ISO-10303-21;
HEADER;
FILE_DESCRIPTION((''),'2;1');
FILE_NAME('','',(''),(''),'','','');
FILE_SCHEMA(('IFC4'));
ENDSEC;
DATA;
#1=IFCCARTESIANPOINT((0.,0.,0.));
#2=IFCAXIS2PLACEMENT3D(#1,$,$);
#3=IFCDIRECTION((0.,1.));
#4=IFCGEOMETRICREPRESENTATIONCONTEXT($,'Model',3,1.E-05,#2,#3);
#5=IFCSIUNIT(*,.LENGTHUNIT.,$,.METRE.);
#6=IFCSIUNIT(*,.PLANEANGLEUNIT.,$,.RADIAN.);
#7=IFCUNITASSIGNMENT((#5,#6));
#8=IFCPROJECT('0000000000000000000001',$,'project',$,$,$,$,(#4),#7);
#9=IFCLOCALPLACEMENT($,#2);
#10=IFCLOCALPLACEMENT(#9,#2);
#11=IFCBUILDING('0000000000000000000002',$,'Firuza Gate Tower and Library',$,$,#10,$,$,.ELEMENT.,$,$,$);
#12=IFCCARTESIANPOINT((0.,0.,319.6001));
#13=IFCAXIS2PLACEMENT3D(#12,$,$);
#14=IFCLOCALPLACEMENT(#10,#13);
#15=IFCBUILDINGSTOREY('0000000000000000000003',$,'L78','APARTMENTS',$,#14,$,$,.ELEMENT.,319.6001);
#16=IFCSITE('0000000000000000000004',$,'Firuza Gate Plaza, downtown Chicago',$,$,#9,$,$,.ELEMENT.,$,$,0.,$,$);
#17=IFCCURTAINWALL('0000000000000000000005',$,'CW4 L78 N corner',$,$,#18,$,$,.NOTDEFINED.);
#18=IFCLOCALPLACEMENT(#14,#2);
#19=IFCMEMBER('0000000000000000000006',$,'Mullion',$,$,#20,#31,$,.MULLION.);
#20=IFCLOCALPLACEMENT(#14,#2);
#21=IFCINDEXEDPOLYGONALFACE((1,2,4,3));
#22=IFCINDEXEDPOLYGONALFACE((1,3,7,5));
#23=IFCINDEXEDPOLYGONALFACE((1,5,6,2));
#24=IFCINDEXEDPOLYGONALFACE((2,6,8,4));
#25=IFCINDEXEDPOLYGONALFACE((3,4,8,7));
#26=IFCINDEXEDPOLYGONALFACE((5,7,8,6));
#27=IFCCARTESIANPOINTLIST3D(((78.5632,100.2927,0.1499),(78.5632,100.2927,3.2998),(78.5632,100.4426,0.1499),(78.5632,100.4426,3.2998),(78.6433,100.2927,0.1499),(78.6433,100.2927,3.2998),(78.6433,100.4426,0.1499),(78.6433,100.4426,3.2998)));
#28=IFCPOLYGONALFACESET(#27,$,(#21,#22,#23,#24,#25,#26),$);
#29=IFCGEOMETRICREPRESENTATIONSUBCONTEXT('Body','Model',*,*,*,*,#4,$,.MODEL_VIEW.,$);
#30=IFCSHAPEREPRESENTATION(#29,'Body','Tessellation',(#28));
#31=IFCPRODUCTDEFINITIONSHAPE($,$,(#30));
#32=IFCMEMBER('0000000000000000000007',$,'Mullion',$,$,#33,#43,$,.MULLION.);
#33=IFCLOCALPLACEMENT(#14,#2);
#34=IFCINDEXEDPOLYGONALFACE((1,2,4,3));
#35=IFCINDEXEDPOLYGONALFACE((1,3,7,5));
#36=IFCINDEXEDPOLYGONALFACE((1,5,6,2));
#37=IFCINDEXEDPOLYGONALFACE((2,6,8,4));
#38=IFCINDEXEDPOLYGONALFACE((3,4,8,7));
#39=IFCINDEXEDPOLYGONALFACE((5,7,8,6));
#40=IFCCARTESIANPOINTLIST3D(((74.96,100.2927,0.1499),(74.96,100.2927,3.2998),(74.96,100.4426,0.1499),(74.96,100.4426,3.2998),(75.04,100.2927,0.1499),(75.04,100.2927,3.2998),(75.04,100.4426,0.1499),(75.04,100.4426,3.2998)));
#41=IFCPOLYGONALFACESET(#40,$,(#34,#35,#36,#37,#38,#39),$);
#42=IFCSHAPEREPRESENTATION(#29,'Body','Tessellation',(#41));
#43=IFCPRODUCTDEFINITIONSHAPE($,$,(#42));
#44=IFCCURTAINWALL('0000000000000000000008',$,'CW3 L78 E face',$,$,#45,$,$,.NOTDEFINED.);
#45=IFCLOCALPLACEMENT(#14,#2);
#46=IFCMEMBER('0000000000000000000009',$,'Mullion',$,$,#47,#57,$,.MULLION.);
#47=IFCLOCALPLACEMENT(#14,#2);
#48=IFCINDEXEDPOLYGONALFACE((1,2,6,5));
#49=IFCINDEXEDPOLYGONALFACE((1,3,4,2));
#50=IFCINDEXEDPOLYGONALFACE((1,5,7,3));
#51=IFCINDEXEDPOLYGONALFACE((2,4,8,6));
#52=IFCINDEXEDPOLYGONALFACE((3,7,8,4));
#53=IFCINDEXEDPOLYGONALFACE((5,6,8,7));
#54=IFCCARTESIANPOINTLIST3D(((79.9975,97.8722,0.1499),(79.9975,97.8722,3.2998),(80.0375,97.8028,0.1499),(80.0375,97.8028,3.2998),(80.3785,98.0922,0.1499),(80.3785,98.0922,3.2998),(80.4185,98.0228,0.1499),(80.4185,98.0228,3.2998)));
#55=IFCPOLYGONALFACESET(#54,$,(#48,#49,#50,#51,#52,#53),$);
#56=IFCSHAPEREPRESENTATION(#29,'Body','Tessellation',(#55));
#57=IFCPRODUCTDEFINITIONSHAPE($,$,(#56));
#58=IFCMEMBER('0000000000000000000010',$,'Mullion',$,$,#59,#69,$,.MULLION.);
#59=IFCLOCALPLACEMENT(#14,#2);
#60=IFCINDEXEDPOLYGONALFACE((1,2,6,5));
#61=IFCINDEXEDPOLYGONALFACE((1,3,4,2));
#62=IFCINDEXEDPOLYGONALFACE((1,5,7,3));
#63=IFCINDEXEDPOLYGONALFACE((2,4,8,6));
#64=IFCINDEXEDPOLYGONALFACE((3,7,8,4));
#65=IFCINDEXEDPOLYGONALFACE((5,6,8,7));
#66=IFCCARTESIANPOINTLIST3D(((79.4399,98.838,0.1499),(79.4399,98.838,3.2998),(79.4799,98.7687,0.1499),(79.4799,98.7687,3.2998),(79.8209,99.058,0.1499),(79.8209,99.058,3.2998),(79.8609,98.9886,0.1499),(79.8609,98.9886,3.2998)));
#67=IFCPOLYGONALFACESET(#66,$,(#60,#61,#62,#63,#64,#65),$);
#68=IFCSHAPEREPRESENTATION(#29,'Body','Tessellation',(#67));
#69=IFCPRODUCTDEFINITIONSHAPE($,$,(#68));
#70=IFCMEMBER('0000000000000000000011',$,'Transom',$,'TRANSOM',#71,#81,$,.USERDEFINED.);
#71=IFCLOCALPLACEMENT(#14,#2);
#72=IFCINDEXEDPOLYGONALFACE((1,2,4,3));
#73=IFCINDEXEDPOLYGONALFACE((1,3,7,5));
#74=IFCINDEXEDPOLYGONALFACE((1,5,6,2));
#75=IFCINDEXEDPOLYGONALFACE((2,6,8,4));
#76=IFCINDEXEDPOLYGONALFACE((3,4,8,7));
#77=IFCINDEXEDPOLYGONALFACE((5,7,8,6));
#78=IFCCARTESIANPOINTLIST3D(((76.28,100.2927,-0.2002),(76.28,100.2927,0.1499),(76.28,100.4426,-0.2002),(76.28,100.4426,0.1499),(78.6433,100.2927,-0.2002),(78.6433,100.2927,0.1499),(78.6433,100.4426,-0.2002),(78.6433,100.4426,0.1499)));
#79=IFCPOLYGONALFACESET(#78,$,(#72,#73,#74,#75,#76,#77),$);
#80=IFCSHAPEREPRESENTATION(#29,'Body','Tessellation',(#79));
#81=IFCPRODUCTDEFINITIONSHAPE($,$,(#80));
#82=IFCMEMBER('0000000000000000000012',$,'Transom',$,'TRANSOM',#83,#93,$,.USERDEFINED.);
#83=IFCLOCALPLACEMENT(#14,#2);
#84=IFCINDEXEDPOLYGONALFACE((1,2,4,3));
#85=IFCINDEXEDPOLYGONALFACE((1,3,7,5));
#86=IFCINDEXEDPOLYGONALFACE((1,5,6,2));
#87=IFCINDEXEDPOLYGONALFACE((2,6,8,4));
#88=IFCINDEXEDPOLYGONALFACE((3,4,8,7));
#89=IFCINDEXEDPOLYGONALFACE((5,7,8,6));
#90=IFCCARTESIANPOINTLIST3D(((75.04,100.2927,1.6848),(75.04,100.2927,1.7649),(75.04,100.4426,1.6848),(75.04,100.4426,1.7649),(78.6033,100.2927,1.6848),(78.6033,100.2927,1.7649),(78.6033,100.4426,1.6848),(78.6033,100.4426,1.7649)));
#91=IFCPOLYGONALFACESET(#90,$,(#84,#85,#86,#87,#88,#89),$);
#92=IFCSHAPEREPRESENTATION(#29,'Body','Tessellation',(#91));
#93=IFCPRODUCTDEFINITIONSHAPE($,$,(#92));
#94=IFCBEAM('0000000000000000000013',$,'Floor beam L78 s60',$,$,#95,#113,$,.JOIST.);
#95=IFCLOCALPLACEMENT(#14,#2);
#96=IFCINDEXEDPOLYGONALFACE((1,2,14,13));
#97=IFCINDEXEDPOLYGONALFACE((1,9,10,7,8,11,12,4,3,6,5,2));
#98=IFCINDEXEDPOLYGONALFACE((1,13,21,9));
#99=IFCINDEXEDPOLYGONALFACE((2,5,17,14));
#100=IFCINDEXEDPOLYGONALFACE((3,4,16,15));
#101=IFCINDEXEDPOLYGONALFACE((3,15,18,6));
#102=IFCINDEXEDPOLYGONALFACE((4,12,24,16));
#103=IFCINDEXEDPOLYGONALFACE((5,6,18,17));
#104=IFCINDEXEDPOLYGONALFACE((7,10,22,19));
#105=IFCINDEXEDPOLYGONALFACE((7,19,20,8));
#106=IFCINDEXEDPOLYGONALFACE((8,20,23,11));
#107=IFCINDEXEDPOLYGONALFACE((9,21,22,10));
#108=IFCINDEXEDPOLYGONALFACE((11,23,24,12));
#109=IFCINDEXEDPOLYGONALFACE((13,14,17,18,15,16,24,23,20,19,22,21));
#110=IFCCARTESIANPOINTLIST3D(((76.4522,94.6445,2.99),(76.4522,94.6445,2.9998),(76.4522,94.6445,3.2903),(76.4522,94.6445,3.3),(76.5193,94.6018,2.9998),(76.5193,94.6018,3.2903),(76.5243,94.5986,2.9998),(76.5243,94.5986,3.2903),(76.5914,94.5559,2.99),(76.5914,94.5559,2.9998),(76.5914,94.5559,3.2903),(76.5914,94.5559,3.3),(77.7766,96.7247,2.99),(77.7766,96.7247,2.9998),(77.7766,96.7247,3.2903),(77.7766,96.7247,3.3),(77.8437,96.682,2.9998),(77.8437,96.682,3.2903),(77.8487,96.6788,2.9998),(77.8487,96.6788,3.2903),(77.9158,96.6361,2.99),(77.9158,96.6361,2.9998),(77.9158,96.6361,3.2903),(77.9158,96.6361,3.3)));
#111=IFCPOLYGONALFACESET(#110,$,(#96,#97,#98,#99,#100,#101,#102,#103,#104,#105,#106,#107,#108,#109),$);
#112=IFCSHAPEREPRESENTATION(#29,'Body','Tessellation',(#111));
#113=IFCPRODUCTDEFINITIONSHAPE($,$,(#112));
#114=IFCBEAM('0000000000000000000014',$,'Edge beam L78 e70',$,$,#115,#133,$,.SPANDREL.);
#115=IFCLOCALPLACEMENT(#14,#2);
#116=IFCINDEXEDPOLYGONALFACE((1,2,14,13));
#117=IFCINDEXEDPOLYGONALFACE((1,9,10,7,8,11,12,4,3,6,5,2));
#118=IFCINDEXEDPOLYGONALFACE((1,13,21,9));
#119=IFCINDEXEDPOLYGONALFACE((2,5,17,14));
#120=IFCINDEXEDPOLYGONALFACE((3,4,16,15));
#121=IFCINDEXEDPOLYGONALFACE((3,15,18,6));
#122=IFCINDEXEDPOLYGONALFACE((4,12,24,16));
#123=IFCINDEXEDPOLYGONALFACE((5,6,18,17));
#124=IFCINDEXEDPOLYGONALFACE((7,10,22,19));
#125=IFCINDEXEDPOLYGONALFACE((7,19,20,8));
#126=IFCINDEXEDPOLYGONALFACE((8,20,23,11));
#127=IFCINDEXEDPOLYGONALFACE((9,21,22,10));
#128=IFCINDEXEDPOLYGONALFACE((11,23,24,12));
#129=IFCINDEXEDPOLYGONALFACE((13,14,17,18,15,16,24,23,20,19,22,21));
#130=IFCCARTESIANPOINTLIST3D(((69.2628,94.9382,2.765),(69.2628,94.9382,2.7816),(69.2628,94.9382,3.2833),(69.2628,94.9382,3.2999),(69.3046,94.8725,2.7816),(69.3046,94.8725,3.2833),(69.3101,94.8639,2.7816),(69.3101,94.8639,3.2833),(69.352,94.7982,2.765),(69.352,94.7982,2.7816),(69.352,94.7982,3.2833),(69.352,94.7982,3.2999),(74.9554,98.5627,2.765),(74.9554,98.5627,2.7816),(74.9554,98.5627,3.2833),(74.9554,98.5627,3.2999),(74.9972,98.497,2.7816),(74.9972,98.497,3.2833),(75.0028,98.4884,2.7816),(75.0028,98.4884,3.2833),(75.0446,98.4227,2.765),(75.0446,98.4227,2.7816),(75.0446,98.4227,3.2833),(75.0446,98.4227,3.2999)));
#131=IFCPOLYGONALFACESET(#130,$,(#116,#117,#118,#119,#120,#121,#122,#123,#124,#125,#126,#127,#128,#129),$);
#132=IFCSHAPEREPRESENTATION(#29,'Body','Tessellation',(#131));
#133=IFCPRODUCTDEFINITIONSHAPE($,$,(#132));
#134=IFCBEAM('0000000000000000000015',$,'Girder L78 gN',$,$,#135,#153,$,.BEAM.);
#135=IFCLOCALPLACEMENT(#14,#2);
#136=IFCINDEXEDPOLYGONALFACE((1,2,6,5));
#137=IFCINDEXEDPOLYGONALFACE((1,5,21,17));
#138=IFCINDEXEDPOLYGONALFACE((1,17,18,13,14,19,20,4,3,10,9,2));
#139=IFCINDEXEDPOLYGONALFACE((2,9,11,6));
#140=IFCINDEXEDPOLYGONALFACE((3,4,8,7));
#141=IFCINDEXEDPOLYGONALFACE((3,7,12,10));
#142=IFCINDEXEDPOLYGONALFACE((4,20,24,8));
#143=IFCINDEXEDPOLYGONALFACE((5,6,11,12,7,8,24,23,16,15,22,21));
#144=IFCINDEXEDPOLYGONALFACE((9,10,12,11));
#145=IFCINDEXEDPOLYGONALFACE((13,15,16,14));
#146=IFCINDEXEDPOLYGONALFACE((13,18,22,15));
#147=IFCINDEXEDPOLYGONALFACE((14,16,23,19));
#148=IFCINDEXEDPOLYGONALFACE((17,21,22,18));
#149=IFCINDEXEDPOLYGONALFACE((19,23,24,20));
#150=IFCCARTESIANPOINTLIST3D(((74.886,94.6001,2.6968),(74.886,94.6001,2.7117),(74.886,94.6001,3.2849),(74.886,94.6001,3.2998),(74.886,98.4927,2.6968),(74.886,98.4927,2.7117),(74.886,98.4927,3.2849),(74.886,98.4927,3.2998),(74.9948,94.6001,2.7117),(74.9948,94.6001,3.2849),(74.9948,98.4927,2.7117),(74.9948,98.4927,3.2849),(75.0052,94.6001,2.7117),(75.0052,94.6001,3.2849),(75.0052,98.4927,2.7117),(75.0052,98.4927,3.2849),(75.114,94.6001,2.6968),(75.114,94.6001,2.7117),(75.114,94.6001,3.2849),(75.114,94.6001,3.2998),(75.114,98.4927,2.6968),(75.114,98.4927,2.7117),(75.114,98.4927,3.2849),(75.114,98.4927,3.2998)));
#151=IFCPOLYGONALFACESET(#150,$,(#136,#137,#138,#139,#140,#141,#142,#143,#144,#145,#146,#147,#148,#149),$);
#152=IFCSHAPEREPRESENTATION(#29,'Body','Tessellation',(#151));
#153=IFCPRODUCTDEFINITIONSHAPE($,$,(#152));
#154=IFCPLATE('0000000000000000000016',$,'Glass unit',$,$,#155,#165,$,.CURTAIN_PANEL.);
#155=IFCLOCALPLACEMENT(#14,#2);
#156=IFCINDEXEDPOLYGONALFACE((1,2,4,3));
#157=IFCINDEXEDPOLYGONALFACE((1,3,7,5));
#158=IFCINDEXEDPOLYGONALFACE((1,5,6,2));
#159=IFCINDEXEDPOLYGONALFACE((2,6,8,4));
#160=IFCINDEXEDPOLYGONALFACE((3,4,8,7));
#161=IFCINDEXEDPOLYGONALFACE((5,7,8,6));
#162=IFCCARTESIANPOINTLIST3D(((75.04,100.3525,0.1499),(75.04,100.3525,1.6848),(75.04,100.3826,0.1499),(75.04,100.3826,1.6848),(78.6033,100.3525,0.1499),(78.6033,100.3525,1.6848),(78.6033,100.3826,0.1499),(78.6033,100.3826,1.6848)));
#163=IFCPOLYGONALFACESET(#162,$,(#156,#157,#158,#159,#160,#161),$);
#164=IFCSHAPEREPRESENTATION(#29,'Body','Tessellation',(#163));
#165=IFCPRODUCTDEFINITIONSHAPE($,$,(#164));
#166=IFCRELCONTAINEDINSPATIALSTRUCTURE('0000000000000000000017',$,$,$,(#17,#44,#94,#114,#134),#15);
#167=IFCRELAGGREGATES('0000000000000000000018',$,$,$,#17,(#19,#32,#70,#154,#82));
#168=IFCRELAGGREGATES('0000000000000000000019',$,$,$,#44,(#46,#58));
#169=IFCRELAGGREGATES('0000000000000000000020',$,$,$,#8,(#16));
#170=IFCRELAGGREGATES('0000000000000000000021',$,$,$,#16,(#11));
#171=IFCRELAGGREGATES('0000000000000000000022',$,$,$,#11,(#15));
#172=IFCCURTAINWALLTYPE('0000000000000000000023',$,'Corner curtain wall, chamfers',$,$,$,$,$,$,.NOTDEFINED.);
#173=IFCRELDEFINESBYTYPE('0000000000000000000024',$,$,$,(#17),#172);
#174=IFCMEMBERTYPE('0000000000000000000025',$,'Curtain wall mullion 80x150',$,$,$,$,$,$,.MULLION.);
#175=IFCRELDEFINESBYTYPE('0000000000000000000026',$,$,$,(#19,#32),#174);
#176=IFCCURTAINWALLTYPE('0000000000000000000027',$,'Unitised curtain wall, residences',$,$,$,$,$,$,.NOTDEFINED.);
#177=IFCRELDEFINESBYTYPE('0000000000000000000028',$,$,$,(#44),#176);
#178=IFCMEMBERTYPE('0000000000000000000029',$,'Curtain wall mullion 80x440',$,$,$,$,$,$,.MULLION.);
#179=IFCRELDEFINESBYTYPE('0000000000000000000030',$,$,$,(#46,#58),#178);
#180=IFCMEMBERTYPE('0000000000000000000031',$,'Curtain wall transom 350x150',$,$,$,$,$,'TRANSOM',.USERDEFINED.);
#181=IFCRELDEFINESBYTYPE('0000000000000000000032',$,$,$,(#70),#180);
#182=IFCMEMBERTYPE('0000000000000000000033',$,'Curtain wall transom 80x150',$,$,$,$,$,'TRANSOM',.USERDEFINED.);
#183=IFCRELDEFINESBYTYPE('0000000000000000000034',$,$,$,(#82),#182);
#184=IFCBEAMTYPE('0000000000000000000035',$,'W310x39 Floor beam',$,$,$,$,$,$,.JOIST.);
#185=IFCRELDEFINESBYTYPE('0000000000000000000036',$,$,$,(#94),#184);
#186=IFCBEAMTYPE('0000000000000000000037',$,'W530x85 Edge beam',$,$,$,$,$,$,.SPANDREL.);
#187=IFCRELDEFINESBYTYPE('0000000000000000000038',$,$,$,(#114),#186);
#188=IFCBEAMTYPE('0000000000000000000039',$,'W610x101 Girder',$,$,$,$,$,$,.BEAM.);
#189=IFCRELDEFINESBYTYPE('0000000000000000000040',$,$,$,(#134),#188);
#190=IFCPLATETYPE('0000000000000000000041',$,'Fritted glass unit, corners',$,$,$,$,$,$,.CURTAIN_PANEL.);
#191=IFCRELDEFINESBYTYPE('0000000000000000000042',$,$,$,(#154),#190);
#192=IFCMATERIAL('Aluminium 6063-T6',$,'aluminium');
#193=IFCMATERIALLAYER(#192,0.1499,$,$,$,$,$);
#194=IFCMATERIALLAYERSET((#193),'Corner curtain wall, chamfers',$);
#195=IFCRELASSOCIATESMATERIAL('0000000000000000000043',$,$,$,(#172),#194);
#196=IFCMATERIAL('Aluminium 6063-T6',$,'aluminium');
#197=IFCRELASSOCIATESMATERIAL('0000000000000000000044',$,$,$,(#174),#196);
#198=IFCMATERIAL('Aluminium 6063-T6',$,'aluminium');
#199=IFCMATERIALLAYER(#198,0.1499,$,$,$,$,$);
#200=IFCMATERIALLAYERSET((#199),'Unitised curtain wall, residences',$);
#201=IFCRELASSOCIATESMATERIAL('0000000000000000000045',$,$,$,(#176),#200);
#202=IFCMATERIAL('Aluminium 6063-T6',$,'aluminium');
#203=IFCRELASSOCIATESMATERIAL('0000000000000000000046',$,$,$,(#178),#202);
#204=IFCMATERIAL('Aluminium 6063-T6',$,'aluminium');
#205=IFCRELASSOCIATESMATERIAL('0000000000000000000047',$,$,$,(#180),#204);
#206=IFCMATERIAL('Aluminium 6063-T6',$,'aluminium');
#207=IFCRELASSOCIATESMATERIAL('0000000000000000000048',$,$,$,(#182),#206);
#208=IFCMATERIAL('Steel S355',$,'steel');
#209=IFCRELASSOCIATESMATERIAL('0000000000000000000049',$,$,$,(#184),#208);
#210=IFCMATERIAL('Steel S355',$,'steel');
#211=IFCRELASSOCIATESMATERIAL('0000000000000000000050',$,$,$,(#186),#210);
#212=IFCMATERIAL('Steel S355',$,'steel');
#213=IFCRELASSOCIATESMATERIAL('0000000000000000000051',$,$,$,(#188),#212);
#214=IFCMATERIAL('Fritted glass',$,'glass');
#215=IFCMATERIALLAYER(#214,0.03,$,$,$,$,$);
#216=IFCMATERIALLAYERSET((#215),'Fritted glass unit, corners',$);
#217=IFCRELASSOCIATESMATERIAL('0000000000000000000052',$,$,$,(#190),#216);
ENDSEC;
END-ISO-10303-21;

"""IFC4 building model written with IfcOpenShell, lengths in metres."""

from ifc_helpers import new_model, si_unit, direction, frame, origin, origin_2d, place, context, subcontext, project, spatial, polyline, rectangle, i_section, outline, extrude, material, layer, layer_set, material_profile, profile_set, type_object, element, aggregate, save


model = new_model("IFC4")

# Units and contexts
model_context = context("Model", 3, precision=1e-05, world=origin(), true_north=direction((0.0, 1.0)))
body_context = subcontext(model_context, "Body", "Model", "MODEL_VIEW")
ifc_project = project(units=[si_unit("LENGTHUNIT", "METRE"), si_unit("PLANEANGLEUNIT", "RADIAN")], contexts=[model_context])

# Site, building, storey
site_placement = place(None, origin())
site = spatial("IfcSite", under=ifc_project, at=site_placement, Name="Firuza Gate Plaza, downtown Chicago", CompositionType="ELEMENT", RefElevation=0.0)
building_placement = place(site_placement, origin())
building = spatial("IfcBuilding", under=site, at=building_placement, Name="Firuza Gate Tower and Library", CompositionType="ELEMENT")
storey_placement = place(building_placement, frame((0.0, 0.0, 319.6001)))
storey = spatial("IfcBuildingStorey", under=building, at=storey_placement, Name="L78", Description="APARTMENTS", CompositionType="ELEMENT", Elevation=319.6001)

# Curtain walls, members
ifc_material_1 = material(Name="Aluminium 6063-T6", Category="aluminium")
ifc_layer_1 = layer(ifc_material_1, 0.1499)
ifc_layer_set_1 = layer_set([ifc_layer_1], Name="Corner curtain wall, chamfers")
curtain_wall_type_1 = type_object("IfcCurtainWallType", Name="Corner curtain wall, chamfers", PredefinedType="NOTDEFINED", material=ifc_layer_set_1)
placement = place(storey_placement, origin())
curtain_wall_1 = element("IfcCurtainWall", 1, at=placement, inside=storey, type_object=curtain_wall_type_1, Name="CW4 L78 N corner", PredefinedType="NOTDEFINED")
ifc_material_2 = material(Name="Aluminium 6063-T6", Category="aluminium")
ifc_material_profile_1 = material_profile(ifc_material_2, rectangle(XDim=0.1499, YDim=0.0801, at=origin_2d()))
ifc_profile_set_1 = profile_set([ifc_material_profile_1], Name="Aluminium 6063-T6")
member_type_1 = type_object("IfcMemberType", Name="Curtain wall mullion 80x150", PredefinedType="MULLION", material=ifc_profile_set_1)
member_1_placement = place(storey_placement, frame((78.6033, 100.3677, 0.1499), z_axis=(0.0, 0.0, 1.0), x_axis=(0.0, -1.0, 0.0)))
member_1 = element("IfcMember", 2, at=member_1_placement, type_object=member_type_1, Name="Mullion", PredefinedType="MULLION", context=body_context, shape_type="SweptSolid", body=[
    extrude(rectangle(XDim=0.1499, YDim=0.0801, at=origin_2d()), origin(), (0.0, 0.0, 1.0), 3.1499),
])
member_2_placement = place(storey_placement, frame((75.0, 100.3677, 0.1499), z_axis=(0.0, 0.0, 1.0), x_axis=(0.0, -1.0, 0.0)))
member_2 = element("IfcMember", 3, at=member_2_placement, type_object=member_type_1, Name="Mullion", PredefinedType="MULLION", context=body_context, shape_type="SweptSolid", body=[
    extrude(rectangle(XDim=0.1499, YDim=0.0801, at=origin_2d()), origin(), (0.0, 0.0, 1.0), 3.1499),
])
ifc_material_3 = material(Name="Aluminium 6063-T6", Category="aluminium")
ifc_layer_2 = layer(ifc_material_3, 0.1499)
ifc_layer_set_2 = layer_set([ifc_layer_2], Name="Unitised curtain wall, residences")
curtain_wall_type_2 = type_object("IfcCurtainWallType", Name="Unitised curtain wall, residences", PredefinedType="NOTDEFINED", material=ifc_layer_set_2)
curtain_wall_2 = element("IfcCurtainWall", 4, at=placement, inside=storey, type_object=curtain_wall_type_2, Name="CW3 L78 E face", PredefinedType="NOTDEFINED")
ifc_material_4 = material(Name="Aluminium 6063-T6", Category="aluminium")
ifc_material_profile_2 = material_profile(ifc_material_4, rectangle(XDim=0.4399, YDim=0.0801, at=origin_2d()))
ifc_profile_set_2 = profile_set([ifc_material_profile_2], Name="Aluminium 6063-T6")
member_type_2 = type_object("IfcMemberType", Name="Curtain wall mullion 80x440", PredefinedType="MULLION", material=ifc_profile_set_2)
member_3_placement = place(storey_placement, frame((80.208, 97.9475, 0.1499), z_axis=(0.0, 0.0, 1.0), x_axis=(-0.866025, -0.5, 0.0)))
member_3 = element("IfcMember", 5, at=member_3_placement, type_object=member_type_2, Name="Mullion", PredefinedType="MULLION", context=body_context, shape_type="SweptSolid", body=[
    extrude(rectangle(XDim=0.4399, YDim=0.0801, at=origin_2d()), origin(), (0.0, 0.0, 1.0), 3.1499),
])
member_4_placement = place(storey_placement, frame((79.6504, 98.9133, 0.1499), z_axis=(0.0, 0.0, 1.0), x_axis=(-0.866025, -0.5, 0.0)))
member_4 = element("IfcMember", 6, at=member_4_placement, type_object=member_type_2, Name="Mullion", PredefinedType="MULLION", context=body_context, shape_type="SweptSolid", body=[
    extrude(rectangle(XDim=0.4399, YDim=0.0801, at=origin_2d()), origin(), (0.0, 0.0, 1.0), 3.1499),
])

# Members
ifc_material_5 = material(Name="Aluminium 6063-T6", Category="aluminium")
ifc_material_profile_3 = material_profile(ifc_material_5, rectangle(XDim=0.1499, YDim=0.3501, at=origin_2d()))
ifc_profile_set_3 = profile_set([ifc_material_profile_3], Name="Aluminium 6063-T6")
member_type_3 = type_object("IfcMemberType", Name="Curtain wall transom 350x150", ElementType="TRANSOM", PredefinedType="USERDEFINED", material=ifc_profile_set_3)
member_5_placement = place(storey_placement, frame((78.6433, 100.3677, -0.0251), z_axis=(-1.0, 0.0, 0.0), x_axis=(0.0, -1.0, 0.0)))
member_5 = element("IfcMember", 7, at=member_5_placement, type_object=member_type_3, Name="Transom", ObjectType="TRANSOM", PredefinedType="USERDEFINED", context=body_context, shape_type="SweptSolid", body=[
    extrude(rectangle(XDim=0.1499, YDim=0.3501, at=origin_2d()), origin(), (0.0, 0.0, 1.0), 2.3633),
])
ifc_material_6 = material(Name="Aluminium 6063-T6", Category="aluminium")
ifc_material_profile_4 = material_profile(ifc_material_6, rectangle(XDim=0.1499, YDim=0.0801, at=origin_2d()))
ifc_profile_set_4 = profile_set([ifc_material_profile_4], Name="Aluminium 6063-T6")
member_type_4 = type_object("IfcMemberType", Name="Curtain wall transom 80x150", ElementType="TRANSOM", PredefinedType="USERDEFINED", material=ifc_profile_set_4)
member_6_placement = place(storey_placement, frame((78.6033, 100.3677, 1.7249), z_axis=(-1.0, 0.0, 0.0), x_axis=(0.0, -1.0, 0.0)))
member_6 = element("IfcMember", 8, at=member_6_placement, type_object=member_type_4, Name="Transom", ObjectType="TRANSOM", PredefinedType="USERDEFINED", context=body_context, shape_type="SweptSolid", body=[
    extrude(rectangle(XDim=0.1499, YDim=0.0801, at=origin_2d()), origin(), (0.0, 0.0, 1.0), 3.5632),
])

# Beams
ifc_material_7 = material(Name="Steel S355", Category="steel")
ifc_material_profile_5 = material_profile(ifc_material_7, i_section(OverallWidth=0.165, OverallDepth=0.3101, WebThickness=0.0059, FlangeThickness=0.0098, at=origin_2d()))
ifc_profile_set_5 = profile_set([ifc_material_profile_5], Name="Steel S355")
beam_type_1 = type_object("IfcBeamType", Name="W310x39 Floor beam", PredefinedType="JOIST", material=ifc_profile_set_5)
beam_1_placement = place(storey_placement, frame((77.8462, 96.6804, 3.145), z_axis=(-0.537055, -0.843547, 0.0), x_axis=(0.843547, -0.537055, 0.0)))
element("IfcBeam", 9, at=beam_1_placement, inside=storey, type_object=beam_type_1, Name="Floor beam L78 s60", PredefinedType="JOIST", context=body_context, shape_type="SweptSolid", body=[
    extrude(i_section(OverallWidth=0.165, OverallDepth=0.3101, WebThickness=0.0059, FlangeThickness=0.0098, at=origin_2d()), origin(), (0.0, 0.0, 1.0), 2.4661),
])
ifc_material_8 = material(Name="Steel S355", Category="steel")
ifc_material_profile_6 = material_profile(ifc_material_8, i_section(OverallWidth=0.166, OverallDepth=0.5349, WebThickness=0.0103, FlangeThickness=0.0166, at=origin_2d()))
ifc_profile_set_6 = profile_set([ifc_material_profile_6], Name="Steel S355")
beam_type_2 = type_object("IfcBeamType", Name="W530x85 Edge beam", PredefinedType="SPANDREL", material=ifc_profile_set_6)
beam_2_placement = place(storey_placement, frame((75.0, 98.4927, 3.0325), z_axis=(-0.843532, -0.537079, 0.0), x_axis=(0.537079, -0.843532, 0.0)))
element("IfcBeam", 10, at=beam_2_placement, inside=storey, type_object=beam_type_2, Name="Edge beam L78 e70", PredefinedType="SPANDREL", context=body_context, shape_type="SweptSolid", body=[
    extrude(i_section(OverallWidth=0.166, OverallDepth=0.5349, WebThickness=0.0103, FlangeThickness=0.0166, at=origin_2d()), origin(), (0.0, 0.0, 1.0), 6.7485),
])
ifc_material_9 = material(Name="Steel S355", Category="steel")
ifc_material_profile_7 = material_profile(ifc_material_9, i_section(OverallWidth=0.228, OverallDepth=0.603, WebThickness=0.0105, FlangeThickness=0.0149, at=origin_2d()))
ifc_profile_set_7 = profile_set([ifc_material_profile_7], Name="Steel S355")
beam_type_3 = type_object("IfcBeamType", Name="W610x101 Girder", PredefinedType="BEAM", material=ifc_profile_set_7)
beam_3_placement = place(storey_placement, frame((75.0, 98.4927, 2.9983), z_axis=(0.0, -1.0, 0.0), x_axis=(1.0, 0.0, 0.0)))
element("IfcBeam", 11, at=beam_3_placement, inside=storey, type_object=beam_type_3, Name="Girder L78 gN", PredefinedType="BEAM", context=body_context, shape_type="SweptSolid", body=[
    extrude(i_section(OverallWidth=0.228, OverallDepth=0.603, WebThickness=0.0105, FlangeThickness=0.0149, at=origin_2d()), origin(), (0.0, 0.0, 1.0), 3.8926),
])

# Plate
ifc_material_10 = material(Name="Fritted glass", Category="glass")
ifc_layer_3 = layer(ifc_material_10, 0.03)
ifc_layer_set_3 = layer_set([ifc_layer_3], Name="Fritted glass unit, corners")
plate_type_1 = type_object("IfcPlateType", Name="Fritted glass unit, corners", PredefinedType="CURTAIN_PANEL", material=ifc_layer_set_3)
plate_1_placement = place(storey_placement, frame((78.6033, 100.3826, 0.1499), z_axis=(0.0, 1.0, 0.0), x_axis=(-1.0, 0.0, 0.0)))
plate_1 = element("IfcPlate", 12, at=plate_1_placement, type_object=plate_type_1, Name="Glass unit", PredefinedType="CURTAIN_PANEL", context=body_context, shape_type="SweptSolid", body=[
    extrude(outline(polyline([(0.0, 0.0), (3.5632, 0.0), (3.5632, 1.5349), (0.0, 1.5349), (0.0, 0.0)])), origin(), (0.0, 0.0, -1.0), 0.03),
])
aggregate(curtain_wall_1, [member_1, member_2, member_5, plate_1, member_6])
aggregate(curtain_wall_2, [member_3, member_4])

save(model, "model.ifc")
